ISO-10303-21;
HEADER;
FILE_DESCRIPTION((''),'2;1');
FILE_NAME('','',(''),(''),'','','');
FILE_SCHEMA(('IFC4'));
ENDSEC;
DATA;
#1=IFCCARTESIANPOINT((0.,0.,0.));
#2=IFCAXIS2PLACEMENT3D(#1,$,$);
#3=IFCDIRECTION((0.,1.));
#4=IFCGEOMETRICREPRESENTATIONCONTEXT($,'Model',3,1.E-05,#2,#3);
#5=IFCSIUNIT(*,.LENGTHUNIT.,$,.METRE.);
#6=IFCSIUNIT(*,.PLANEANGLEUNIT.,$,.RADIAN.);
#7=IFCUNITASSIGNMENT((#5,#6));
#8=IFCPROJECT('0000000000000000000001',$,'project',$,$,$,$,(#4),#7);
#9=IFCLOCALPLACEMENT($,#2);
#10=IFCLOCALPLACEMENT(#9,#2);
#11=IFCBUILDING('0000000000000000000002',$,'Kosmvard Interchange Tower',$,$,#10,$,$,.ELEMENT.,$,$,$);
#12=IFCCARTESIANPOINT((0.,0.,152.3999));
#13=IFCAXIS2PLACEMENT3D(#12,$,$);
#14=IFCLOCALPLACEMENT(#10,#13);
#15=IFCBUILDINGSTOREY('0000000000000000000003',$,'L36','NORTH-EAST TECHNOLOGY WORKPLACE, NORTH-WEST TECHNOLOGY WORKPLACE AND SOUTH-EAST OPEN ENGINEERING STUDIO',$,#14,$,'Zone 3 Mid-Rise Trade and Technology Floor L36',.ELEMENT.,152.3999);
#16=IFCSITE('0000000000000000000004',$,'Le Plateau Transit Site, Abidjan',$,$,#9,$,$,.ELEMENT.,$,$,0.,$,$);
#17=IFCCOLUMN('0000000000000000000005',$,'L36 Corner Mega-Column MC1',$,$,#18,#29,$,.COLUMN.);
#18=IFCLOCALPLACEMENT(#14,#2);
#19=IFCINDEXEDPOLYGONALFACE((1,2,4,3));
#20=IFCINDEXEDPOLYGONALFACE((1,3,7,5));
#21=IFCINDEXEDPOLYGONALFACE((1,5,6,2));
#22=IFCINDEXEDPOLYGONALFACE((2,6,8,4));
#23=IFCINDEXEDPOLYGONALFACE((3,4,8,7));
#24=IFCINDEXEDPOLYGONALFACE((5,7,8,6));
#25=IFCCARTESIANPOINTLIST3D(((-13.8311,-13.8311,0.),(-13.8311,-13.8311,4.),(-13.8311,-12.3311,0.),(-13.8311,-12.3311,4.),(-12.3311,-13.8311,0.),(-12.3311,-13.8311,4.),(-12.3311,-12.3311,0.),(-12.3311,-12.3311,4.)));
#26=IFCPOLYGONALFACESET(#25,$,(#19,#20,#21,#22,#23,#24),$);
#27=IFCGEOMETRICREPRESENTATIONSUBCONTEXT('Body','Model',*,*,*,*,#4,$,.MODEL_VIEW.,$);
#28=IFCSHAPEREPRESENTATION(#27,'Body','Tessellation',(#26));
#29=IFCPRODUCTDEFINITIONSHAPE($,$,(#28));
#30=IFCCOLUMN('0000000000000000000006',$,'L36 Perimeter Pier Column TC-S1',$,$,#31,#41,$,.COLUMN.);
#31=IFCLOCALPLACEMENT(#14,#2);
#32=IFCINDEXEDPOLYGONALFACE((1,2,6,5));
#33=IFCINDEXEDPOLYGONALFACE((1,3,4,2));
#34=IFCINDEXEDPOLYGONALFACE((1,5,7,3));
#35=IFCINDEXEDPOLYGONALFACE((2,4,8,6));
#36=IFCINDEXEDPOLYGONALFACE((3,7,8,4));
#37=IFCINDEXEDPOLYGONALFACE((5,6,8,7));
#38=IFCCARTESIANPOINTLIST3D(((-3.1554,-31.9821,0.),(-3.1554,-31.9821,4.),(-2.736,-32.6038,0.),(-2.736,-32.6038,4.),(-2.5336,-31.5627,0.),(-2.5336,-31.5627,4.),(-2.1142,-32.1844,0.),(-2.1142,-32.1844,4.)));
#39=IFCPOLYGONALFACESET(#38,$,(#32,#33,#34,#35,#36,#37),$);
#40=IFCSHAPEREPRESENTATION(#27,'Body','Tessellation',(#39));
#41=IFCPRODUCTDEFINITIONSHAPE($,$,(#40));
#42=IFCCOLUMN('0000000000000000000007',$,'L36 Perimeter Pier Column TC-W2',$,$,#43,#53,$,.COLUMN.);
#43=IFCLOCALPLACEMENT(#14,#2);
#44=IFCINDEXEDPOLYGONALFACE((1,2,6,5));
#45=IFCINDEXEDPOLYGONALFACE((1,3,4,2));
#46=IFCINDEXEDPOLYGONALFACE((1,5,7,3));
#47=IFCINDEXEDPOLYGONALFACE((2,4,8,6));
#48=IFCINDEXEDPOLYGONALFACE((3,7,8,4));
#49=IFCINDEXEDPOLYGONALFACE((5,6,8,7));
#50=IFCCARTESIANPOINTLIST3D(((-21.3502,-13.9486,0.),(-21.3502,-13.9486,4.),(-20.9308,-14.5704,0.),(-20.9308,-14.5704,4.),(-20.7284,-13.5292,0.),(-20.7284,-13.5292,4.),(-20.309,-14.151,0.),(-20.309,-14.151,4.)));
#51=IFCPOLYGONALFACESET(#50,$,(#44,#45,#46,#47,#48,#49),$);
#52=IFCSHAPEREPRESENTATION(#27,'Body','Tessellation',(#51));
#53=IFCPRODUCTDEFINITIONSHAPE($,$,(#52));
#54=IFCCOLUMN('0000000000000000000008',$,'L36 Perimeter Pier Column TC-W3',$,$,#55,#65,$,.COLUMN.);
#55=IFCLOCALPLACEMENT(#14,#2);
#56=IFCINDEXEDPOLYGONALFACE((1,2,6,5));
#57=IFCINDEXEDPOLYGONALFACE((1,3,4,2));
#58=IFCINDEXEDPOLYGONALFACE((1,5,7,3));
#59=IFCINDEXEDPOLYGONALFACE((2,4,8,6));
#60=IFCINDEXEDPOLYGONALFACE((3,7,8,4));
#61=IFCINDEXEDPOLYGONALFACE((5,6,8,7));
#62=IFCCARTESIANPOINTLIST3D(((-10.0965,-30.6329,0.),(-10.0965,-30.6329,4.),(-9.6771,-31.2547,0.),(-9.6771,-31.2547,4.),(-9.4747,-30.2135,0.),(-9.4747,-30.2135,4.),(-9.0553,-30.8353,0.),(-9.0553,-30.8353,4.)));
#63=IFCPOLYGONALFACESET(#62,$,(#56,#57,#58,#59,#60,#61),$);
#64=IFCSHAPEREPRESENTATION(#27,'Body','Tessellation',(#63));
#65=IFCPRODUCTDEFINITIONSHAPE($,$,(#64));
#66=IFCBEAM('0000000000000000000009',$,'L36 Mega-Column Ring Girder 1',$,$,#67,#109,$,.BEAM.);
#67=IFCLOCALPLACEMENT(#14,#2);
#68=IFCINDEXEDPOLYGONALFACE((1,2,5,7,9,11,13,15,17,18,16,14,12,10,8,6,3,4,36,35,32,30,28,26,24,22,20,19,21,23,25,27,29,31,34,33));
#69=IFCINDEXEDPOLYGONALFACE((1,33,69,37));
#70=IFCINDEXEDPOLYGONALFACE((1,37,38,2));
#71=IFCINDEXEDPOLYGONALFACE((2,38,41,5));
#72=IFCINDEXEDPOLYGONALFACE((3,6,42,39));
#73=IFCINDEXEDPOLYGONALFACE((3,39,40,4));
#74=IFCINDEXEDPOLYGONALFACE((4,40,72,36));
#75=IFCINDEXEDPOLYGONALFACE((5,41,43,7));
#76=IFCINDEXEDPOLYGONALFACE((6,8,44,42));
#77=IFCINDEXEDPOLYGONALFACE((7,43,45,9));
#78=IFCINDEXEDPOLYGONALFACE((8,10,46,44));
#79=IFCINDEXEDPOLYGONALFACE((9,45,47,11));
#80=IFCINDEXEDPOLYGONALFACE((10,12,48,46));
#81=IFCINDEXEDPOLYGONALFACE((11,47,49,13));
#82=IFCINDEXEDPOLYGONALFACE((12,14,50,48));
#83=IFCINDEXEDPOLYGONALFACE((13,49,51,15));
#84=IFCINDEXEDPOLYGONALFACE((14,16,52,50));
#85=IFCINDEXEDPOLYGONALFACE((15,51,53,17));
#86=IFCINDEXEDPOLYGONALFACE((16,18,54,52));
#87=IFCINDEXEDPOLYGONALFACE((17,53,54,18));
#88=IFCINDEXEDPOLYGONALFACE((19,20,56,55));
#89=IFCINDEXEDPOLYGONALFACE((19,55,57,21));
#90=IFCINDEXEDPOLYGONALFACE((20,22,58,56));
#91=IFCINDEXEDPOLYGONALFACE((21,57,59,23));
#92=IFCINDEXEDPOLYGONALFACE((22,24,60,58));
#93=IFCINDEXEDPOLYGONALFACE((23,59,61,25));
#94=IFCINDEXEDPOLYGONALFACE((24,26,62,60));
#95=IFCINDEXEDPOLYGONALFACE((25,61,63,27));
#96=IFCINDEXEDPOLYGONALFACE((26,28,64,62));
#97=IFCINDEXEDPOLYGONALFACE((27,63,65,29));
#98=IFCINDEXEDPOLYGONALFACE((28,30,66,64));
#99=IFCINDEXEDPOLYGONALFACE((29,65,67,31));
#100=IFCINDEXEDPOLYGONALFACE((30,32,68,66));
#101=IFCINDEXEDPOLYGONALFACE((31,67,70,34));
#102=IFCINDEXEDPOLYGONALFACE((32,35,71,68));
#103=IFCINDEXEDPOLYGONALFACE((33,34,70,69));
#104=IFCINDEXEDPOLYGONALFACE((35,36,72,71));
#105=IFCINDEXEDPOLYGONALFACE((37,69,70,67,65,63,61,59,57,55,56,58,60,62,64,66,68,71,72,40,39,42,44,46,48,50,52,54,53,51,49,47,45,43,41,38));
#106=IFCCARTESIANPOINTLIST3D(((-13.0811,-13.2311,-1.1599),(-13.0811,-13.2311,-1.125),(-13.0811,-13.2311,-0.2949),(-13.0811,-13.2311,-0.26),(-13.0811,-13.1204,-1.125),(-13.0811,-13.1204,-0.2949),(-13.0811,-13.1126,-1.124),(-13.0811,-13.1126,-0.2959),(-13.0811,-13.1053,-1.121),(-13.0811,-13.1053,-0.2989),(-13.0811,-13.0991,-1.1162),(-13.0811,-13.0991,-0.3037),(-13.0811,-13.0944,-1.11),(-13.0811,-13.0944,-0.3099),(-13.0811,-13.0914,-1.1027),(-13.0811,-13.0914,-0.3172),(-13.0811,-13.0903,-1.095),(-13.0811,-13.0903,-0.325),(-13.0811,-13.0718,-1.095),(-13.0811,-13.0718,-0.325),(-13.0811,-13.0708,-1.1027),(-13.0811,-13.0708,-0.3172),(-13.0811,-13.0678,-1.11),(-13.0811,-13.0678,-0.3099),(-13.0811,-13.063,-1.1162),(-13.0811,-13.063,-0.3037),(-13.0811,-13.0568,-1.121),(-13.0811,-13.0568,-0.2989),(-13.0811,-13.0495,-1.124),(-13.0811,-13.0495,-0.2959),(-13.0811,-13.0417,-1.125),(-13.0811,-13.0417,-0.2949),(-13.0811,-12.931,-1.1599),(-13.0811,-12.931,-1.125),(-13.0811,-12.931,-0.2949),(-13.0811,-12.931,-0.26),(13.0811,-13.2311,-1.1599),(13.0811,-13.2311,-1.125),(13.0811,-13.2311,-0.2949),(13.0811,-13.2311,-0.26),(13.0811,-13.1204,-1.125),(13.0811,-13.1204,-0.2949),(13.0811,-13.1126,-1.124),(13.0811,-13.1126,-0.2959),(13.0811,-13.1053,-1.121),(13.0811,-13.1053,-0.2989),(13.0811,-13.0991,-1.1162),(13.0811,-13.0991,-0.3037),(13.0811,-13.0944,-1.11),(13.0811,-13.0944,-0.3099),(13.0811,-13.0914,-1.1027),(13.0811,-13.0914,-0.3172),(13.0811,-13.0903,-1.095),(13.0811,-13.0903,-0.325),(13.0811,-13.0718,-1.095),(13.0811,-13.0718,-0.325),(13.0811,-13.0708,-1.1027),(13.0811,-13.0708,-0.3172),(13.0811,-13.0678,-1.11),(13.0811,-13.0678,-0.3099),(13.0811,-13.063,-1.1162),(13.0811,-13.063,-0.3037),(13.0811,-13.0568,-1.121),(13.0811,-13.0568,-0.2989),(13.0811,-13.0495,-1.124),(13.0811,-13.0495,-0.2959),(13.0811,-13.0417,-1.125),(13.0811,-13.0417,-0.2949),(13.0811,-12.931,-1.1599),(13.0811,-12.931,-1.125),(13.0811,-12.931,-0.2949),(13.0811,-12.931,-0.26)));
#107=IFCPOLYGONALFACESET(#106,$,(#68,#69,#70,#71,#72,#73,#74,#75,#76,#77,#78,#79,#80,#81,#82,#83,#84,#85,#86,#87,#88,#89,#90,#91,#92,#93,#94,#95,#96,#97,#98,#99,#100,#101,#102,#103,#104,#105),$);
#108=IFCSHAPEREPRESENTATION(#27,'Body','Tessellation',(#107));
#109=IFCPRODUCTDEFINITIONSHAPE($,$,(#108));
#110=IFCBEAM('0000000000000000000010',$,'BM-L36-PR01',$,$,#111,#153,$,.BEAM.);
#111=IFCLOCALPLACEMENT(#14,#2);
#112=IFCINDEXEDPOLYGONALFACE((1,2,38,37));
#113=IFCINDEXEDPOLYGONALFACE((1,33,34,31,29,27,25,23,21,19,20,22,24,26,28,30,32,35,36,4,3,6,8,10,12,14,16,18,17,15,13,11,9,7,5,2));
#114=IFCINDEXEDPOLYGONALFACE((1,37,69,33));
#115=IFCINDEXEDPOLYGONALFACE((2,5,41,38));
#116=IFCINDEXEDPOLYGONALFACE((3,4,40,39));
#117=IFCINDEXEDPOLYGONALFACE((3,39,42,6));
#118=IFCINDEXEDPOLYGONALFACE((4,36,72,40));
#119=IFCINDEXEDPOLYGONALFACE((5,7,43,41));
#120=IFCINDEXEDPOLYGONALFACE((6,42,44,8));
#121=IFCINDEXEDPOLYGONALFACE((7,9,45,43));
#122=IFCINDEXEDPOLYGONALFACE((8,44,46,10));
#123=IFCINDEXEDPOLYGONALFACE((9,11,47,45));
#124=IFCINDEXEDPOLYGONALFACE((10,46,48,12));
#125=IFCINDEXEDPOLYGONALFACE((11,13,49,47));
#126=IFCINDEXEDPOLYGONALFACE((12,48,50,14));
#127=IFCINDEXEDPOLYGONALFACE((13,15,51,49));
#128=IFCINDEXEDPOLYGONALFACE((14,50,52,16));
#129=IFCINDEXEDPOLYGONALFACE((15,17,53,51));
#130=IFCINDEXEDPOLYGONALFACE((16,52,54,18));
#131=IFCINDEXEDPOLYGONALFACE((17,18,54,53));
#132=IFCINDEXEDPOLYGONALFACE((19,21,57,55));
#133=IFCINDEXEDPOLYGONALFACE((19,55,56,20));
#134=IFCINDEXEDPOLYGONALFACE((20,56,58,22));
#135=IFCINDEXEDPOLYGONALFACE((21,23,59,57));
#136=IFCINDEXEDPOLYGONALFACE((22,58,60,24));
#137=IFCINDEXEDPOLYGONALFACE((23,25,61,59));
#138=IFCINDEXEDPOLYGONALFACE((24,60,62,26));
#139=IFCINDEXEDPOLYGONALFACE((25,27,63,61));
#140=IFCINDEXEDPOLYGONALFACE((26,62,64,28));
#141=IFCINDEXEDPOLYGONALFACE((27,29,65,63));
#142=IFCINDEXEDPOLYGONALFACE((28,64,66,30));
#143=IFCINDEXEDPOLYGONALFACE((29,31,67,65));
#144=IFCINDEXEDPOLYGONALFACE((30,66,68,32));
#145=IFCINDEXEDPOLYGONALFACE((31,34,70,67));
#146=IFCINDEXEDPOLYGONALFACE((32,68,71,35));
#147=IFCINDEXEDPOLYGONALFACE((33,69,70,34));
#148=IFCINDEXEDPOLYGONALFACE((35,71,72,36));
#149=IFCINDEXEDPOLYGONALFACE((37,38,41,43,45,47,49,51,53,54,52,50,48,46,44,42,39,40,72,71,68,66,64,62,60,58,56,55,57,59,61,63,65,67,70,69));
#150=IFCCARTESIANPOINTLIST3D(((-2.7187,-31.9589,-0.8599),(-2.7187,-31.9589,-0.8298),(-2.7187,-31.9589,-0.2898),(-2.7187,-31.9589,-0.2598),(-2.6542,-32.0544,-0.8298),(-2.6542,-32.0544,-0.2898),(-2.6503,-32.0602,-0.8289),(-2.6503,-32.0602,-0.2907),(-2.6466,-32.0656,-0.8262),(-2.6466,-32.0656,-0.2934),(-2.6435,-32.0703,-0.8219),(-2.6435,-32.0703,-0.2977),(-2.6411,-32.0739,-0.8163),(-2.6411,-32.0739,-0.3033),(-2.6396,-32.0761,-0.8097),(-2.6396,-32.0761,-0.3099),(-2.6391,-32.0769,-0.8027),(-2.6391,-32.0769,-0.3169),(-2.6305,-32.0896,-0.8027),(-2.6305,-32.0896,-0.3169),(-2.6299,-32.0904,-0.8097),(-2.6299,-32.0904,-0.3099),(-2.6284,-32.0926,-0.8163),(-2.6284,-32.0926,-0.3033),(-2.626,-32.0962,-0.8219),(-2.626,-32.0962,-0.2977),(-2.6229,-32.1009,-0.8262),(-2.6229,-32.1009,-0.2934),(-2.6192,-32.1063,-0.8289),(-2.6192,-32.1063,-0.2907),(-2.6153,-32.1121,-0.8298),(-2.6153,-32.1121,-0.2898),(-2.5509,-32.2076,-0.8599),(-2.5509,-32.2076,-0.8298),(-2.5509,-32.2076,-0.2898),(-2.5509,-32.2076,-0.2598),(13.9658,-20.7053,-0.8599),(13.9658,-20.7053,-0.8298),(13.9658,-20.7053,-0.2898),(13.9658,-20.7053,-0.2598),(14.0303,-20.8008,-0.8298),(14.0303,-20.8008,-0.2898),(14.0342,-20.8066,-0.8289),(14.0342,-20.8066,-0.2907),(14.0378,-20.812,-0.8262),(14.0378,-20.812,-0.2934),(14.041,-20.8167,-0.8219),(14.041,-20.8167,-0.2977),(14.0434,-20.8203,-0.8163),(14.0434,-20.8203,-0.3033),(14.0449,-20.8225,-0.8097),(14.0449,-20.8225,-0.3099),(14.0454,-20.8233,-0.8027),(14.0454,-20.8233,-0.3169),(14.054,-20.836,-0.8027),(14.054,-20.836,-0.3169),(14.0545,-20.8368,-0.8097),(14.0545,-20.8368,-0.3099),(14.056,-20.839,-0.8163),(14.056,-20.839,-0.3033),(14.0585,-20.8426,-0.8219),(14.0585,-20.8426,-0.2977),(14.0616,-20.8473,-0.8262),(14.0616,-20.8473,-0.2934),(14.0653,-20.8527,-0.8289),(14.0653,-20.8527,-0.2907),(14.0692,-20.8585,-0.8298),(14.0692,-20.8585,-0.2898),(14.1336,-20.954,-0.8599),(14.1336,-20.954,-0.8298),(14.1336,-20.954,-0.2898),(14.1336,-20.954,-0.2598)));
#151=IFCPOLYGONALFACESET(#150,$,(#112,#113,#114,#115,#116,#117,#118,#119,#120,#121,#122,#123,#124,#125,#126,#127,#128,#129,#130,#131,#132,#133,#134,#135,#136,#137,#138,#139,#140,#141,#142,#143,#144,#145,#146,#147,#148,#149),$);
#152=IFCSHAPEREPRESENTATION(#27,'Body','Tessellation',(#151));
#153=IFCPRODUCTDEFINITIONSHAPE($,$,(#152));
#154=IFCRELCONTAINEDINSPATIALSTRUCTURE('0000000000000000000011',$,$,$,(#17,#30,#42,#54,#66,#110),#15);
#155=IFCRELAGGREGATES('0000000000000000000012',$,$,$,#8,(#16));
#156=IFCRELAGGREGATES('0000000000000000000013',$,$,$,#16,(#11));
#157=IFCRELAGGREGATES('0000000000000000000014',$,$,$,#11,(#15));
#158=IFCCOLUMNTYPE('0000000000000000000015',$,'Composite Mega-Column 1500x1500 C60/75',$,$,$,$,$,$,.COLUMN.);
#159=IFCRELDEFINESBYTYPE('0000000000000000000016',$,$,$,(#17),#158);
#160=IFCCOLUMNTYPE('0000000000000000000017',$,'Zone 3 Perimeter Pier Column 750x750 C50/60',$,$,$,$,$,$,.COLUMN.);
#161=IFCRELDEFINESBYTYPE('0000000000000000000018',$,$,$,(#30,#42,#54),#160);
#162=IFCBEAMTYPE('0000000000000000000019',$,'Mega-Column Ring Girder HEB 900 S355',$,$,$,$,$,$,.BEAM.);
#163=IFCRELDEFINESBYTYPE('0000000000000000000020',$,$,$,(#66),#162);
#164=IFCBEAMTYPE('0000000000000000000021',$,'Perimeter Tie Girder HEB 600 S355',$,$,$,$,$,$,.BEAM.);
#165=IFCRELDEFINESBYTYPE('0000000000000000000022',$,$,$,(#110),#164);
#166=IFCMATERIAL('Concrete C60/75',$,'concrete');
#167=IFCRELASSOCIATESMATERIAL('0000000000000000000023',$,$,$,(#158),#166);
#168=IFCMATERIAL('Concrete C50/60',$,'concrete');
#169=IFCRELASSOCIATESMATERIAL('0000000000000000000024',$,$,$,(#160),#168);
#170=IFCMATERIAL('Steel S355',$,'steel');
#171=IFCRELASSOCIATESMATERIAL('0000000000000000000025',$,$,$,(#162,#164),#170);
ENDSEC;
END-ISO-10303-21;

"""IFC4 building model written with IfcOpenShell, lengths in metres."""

from ifc_helpers import new_model, si_unit, direction, frame, origin, origin_2d, place, context, subcontext, project, spatial, rectangle, i_section, extrude, source, transform, mapped, material, material_profile, profile_set, type_object, element, save


model = new_model("IFC4")

# Units and contexts
model_context = context("Model", 3, precision=1e-05, world=origin(), true_north=direction((0.0, 1.0)))
body_context = subcontext(model_context, "Body", "Model", "MODEL_VIEW")
ifc_project = project(units=[si_unit("LENGTHUNIT", "METRE"), si_unit("PLANEANGLEUNIT", "RADIAN")], contexts=[model_context])

# Site, building, storey
site_placement = place(None, origin())
site = spatial("IfcSite", under=ifc_project, at=site_placement, Name="Le Plateau Transit Site, Abidjan", CompositionType="ELEMENT", RefElevation=0.0)
building_placement = place(site_placement, origin())
building = spatial("IfcBuilding", under=site, at=building_placement, Name="Kosmvard Interchange Tower", CompositionType="ELEMENT")
storey_placement = place(building_placement, frame((0.0, 0.0, 152.3999)))
storey = spatial("IfcBuildingStorey", under=building, at=storey_placement, Name="L36", Description="NORTH-EAST TECHNOLOGY WORKPLACE, NORTH-WEST TECHNOLOGY WORKPLACE AND SOUTH-EAST OPEN ENGINEERING STUDIO", LongName="Zone 3 Mid-Rise Trade and Technology Floor L36", CompositionType="ELEMENT", Elevation=152.3999)

# Columns
ifc_material_1 = material(Name="Concrete C60/75", Category="concrete")
ifc_material_profile_1 = material_profile(ifc_material_1, rectangle(XDim=1.5, YDim=1.5, at=origin_2d()), Name="MC 1500x1500")
ifc_profile_set_1 = profile_set([ifc_material_profile_1], Name="Concrete C60/75")
column_type_1 = type_object("IfcColumnType", Name="Composite Mega-Column 1500x1500 C60/75", PredefinedType="COLUMN", material=ifc_profile_set_1)
shared_shape_1 = source(origin(), body_context, "Body", "SweptSolid", [
    extrude(rectangle(XDim=1.5, YDim=1.5, at=origin_2d()), origin(), (0.0, 0.0, 1.0), 4.0),
])
column_placement = place(storey_placement, frame((-13.0811, -13.0811, 0.0), z_axis=(0.0, 0.0, 1.0), x_axis=(1.0, 0.0, 0.0)))
element("IfcColumn", 1, at=column_placement, inside=storey, type_object=column_type_1, Name="L36 Corner Mega-Column MC1", PredefinedType="COLUMN", context=body_context, shape_type="MappedRepresentation", body=[
    mapped(shared_shape_1, transform((0.0, 0.0, 0.0), scale=1.0)),
])
ifc_material_2 = material(Name="Concrete C50/60", Category="concrete")
ifc_material_profile_2 = material_profile(ifc_material_2, rectangle(XDim=0.75, YDim=0.75, at=origin_2d()), Name="TC 750x750")
ifc_profile_set_2 = profile_set([ifc_material_profile_2], Name="Concrete C50/60")
column_type_2 = type_object("IfcColumnType", Name="Zone 3 Perimeter Pier Column 750x750 C50/60", PredefinedType="COLUMN", material=ifc_profile_set_2)
shared_shape_2 = source(origin(), body_context, "Body", "SweptSolid", [
    extrude(rectangle(XDim=0.75, YDim=0.75, at=origin_2d()), origin(), (0.0, 0.0, 1.0), 4.0),
])
for number, where, z_axis, x_axis, name in (
    (2, (-2.6348, -32.0833, 0.0), (0.0, 0.0, 1.0), (0.829038, 0.559193, 0.0), "L36 Perimeter Pier Column TC-S1"),
    (3, (-20.8296, -14.0498, 0.0), (0.0, 0.0, 1.0), (0.829038, 0.559193, 0.0), "L36 Perimeter Pier Column TC-W2"),
    (4, (-9.5759, -30.7341, 0.0), (0.0, 0.0, 1.0), (0.829038, 0.559193, 0.0), "L36 Perimeter Pier Column TC-W3"),
):
    element("IfcColumn", number, at=place(storey_placement, frame(where, z_axis=z_axis, x_axis=x_axis)), inside=storey, type_object=column_type_2, Name=name, PredefinedType="COLUMN", context=body_context, shape_type="MappedRepresentation", body=[
        mapped(shared_shape_2, transform((0.0, 0.0, 0.0), scale=1.0)),
    ])

# Beams
ifc_material_3 = material(Name="Steel S355", Category="steel")
ifc_material_profile_3 = material_profile(ifc_material_3, i_section(OverallWidth=0.3, OverallDepth=0.8999, WebThickness=0.0186, FlangeThickness=0.0349, FilletRadius=0.03, at=origin_2d()), Name="HEB 900")
ifc_profile_set_3 = profile_set([ifc_material_profile_3], Name="Steel S355")
beam_type_1 = type_object("IfcBeamType", Name="Mega-Column Ring Girder HEB 900 S355", PredefinedType="BEAM", material=ifc_profile_set_3)
shared_shape_3 = source(origin(), body_context, "Body", "SweptSolid", [
    extrude(i_section(OverallWidth=0.3, OverallDepth=0.8999, WebThickness=0.0186, FlangeThickness=0.0349, FilletRadius=0.03, at=origin_2d()), origin(), (0.0, 0.0, 1.0), 26.1621),
])
beam_1_placement = place(storey_placement, frame((-13.0811, -13.0811, -0.71), z_axis=(1.0, 0.0, 0.0), x_axis=(0.0, 1.0, 0.0)))
element("IfcBeam", 5, at=beam_1_placement, inside=storey, type_object=beam_type_1, Name="L36 Mega-Column Ring Girder 1", PredefinedType="BEAM", context=body_context, shape_type="MappedRepresentation", body=[
    mapped(shared_shape_3, transform((0.0, 0.0, 0.0), scale=1.0)),
])
ifc_material_profile_4 = material_profile(ifc_material_3, i_section(OverallWidth=0.3, OverallDepth=0.6001, WebThickness=0.0154, FlangeThickness=0.03, FilletRadius=0.0271, at=origin_2d()), Name="HEB 600")
ifc_profile_set_4 = profile_set([ifc_material_profile_4], Name="Steel S355")
beam_type_2 = type_object("IfcBeamType", Name="Perimeter Tie Girder HEB 600 S355", PredefinedType="BEAM", material=ifc_profile_set_4)
shared_shape_4 = source(origin(), body_context, "Body", "SweptSolid", [
    extrude(i_section(OverallWidth=0.3, OverallDepth=0.6001, WebThickness=0.0154, FlangeThickness=0.03, FilletRadius=0.0271, at=origin_2d()), origin(), (0.0, 0.0, 1.0), 20.125),
])
for number, where, z_axis, x_axis, name in (
    (6, (-2.6348, -32.0833, -0.5598), (0.829043, 0.559185, 0.0), (-0.559185, 0.829043, 0.0), "BM-L36-PR01"),
):
    element("IfcBeam", number, at=place(storey_placement, frame(where, z_axis=z_axis, x_axis=x_axis)), inside=storey, type_object=beam_type_2, Name=name, PredefinedType="BEAM", context=body_context, shape_type="MappedRepresentation", body=[
        mapped(shared_shape_4, transform((0.0, 0.0, 0.0), scale=1.0)),
    ])

save(model, "model.ifc")
